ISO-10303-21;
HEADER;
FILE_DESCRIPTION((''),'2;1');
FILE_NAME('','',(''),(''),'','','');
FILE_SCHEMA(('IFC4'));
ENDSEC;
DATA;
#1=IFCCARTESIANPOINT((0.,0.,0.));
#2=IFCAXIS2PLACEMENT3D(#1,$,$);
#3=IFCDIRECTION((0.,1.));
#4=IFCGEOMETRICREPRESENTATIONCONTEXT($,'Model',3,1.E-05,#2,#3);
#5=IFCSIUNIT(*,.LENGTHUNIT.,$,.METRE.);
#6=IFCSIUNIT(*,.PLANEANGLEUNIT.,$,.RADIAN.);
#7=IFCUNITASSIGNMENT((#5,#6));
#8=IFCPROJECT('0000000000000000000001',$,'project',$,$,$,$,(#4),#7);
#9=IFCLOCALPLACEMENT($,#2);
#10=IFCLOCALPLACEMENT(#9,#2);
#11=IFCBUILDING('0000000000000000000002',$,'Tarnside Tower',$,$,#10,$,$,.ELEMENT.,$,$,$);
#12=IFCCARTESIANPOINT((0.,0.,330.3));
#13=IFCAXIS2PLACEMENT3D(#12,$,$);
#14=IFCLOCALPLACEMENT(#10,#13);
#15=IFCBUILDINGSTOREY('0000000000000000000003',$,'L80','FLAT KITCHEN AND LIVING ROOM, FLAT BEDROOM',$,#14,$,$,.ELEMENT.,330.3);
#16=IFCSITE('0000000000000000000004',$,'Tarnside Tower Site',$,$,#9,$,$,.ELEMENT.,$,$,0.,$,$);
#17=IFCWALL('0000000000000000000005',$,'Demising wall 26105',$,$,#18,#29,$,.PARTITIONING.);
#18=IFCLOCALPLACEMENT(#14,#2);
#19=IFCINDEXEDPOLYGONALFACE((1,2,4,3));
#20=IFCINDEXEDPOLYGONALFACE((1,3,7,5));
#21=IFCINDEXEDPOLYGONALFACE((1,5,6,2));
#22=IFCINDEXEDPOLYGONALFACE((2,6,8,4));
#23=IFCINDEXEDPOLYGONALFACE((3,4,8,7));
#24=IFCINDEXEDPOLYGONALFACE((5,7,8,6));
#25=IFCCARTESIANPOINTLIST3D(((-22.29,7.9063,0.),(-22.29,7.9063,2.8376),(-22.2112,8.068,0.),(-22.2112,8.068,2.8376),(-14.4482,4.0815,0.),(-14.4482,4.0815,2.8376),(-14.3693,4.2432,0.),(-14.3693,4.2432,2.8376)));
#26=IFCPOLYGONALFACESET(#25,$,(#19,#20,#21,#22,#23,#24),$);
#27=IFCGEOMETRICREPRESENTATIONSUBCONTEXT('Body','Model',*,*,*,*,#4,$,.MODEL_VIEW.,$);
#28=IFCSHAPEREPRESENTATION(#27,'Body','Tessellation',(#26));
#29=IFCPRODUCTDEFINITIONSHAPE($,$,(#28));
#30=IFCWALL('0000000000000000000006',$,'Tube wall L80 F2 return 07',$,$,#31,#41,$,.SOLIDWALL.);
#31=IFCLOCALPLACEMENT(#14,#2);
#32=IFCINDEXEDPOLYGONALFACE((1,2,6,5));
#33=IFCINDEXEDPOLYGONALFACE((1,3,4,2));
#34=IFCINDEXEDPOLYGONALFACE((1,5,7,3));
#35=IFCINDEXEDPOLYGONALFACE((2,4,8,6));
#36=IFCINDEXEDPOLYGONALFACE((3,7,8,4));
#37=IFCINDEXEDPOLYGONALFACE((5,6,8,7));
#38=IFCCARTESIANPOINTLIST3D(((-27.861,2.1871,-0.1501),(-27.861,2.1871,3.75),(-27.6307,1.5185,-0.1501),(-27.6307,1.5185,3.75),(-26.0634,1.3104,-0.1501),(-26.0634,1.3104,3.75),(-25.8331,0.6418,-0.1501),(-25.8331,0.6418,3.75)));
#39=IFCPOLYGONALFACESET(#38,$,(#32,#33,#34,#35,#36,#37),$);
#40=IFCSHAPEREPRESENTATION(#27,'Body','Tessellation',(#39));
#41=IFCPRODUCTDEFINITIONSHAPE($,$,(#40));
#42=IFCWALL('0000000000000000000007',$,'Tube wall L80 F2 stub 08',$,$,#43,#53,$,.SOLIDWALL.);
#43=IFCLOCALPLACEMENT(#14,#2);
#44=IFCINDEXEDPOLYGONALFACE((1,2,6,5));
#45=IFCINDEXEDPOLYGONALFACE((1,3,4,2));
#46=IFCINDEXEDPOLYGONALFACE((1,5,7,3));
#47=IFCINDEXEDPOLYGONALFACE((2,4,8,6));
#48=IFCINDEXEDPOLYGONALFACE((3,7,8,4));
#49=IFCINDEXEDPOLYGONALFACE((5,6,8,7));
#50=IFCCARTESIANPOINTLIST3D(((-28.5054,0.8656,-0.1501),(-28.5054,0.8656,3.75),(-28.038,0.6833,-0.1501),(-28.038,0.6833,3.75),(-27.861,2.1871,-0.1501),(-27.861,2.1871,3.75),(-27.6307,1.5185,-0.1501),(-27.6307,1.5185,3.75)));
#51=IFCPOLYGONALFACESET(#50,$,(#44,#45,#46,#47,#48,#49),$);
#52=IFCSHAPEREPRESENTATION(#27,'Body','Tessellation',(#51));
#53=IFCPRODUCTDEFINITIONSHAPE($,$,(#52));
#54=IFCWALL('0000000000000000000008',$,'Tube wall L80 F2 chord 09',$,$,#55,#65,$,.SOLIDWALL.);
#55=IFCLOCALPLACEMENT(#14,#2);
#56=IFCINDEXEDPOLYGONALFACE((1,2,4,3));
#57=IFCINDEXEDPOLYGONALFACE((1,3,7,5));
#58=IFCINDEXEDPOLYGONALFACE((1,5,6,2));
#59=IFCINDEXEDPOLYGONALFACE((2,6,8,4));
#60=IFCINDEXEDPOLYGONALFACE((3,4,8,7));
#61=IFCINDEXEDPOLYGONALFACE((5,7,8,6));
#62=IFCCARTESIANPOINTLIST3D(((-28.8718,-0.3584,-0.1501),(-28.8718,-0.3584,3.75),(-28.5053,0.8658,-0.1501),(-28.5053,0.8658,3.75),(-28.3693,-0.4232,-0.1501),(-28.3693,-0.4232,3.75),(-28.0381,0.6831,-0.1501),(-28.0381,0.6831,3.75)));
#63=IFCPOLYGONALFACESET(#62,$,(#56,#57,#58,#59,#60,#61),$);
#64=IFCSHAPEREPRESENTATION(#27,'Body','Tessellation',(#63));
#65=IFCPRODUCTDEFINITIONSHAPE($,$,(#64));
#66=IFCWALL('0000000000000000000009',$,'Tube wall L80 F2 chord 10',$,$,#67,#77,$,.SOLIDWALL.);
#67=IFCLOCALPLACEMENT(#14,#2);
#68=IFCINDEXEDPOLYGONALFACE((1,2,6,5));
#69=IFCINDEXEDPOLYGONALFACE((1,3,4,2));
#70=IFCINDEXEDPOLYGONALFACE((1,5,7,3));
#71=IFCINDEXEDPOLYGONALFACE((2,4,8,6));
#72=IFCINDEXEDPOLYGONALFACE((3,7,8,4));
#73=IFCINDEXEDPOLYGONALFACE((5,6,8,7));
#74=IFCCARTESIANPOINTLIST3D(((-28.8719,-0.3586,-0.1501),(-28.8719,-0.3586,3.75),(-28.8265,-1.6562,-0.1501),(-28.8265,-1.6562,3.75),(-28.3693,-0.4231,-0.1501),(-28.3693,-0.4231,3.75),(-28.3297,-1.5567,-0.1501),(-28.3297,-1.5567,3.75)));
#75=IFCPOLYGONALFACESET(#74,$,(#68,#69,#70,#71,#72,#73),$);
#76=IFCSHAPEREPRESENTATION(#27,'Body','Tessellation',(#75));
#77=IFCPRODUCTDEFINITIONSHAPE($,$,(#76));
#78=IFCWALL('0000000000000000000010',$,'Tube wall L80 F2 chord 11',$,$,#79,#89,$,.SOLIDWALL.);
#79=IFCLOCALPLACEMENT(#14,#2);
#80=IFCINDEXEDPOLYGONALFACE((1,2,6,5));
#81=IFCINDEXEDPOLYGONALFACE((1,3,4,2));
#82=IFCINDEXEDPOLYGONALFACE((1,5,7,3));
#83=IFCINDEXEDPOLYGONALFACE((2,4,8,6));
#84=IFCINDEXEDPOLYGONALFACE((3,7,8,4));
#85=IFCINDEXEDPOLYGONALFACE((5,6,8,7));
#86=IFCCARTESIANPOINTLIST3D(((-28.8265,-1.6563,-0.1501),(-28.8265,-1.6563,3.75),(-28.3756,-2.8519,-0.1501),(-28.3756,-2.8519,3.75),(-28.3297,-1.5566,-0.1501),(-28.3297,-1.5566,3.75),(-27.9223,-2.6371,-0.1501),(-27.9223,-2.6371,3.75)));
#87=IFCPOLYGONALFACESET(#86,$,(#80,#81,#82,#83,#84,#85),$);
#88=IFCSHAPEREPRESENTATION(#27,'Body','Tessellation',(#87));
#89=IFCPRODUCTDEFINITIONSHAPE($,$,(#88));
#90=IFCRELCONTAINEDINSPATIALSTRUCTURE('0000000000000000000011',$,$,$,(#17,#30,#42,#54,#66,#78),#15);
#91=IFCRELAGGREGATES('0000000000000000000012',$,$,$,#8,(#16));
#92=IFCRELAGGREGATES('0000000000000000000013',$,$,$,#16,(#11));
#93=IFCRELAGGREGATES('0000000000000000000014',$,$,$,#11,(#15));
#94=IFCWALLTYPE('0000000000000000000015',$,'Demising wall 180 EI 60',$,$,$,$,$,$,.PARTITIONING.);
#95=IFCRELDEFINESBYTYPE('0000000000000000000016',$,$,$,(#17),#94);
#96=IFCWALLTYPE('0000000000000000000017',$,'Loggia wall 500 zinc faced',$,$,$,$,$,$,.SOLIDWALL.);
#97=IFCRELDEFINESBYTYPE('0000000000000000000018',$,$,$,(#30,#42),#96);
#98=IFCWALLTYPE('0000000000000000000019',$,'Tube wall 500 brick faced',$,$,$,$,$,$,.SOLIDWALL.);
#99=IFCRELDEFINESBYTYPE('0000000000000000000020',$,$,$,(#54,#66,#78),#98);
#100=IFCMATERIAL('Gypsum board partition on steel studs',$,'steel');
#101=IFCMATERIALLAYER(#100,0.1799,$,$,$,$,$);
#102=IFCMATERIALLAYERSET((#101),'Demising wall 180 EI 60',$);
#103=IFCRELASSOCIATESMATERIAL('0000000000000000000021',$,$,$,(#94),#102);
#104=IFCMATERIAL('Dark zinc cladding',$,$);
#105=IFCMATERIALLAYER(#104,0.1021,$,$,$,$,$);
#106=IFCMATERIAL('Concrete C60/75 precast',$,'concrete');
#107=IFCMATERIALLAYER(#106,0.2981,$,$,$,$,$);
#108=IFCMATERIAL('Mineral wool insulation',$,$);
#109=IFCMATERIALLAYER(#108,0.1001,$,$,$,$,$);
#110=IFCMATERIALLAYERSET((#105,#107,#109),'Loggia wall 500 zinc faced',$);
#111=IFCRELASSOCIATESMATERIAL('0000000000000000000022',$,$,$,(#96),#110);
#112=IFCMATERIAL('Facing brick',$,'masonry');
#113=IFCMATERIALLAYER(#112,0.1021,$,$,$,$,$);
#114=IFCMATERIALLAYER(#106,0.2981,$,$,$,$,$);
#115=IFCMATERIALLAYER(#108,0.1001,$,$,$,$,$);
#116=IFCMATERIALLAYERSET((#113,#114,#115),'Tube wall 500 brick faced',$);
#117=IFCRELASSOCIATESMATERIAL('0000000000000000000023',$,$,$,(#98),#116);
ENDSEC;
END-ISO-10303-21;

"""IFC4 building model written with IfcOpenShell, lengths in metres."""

from ifc_helpers import new_model, si_unit, direction, frame, frame_2d, origin, place, context, subcontext, project, spatial, polyline, rectangle, outline, extrude, material, layer, layer_set, type_object, element, save


model = new_model("IFC4")

# Units and contexts
model_context = context("Model", 3, precision=1e-05, world=origin(), true_north=direction((0.0, 1.0)))
body_context = subcontext(model_context, "Body", "Model", "MODEL_VIEW")
ifc_project = project(units=[si_unit("LENGTHUNIT", "METRE"), si_unit("PLANEANGLEUNIT", "RADIAN")], contexts=[model_context])

# Site, building, storey
site_placement = place(None, origin())
site = spatial("IfcSite", under=ifc_project, at=site_placement, Name="Tarnside Tower Site", CompositionType="ELEMENT", RefElevation=0.0)
building_placement = place(site_placement, origin())
building = spatial("IfcBuilding", under=site, at=building_placement, Name="Tarnside Tower", CompositionType="ELEMENT")
storey_placement = place(building_placement, frame((0.0, 0.0, 330.3)))
storey = spatial("IfcBuildingStorey", under=building, at=storey_placement, Name="L80", Description="FLAT KITCHEN AND LIVING ROOM, FLAT BEDROOM", CompositionType="ELEMENT", Elevation=330.3)

# Shared definitions
ifc_material_1 = material(Name="Gypsum board partition on steel studs", Category="steel")

# Walls
ifc_layer_1 = layer(ifc_material_1, 0.1799)
ifc_layer_set_1 = layer_set([ifc_layer_1], Name="Demising wall 180 EI 60")
wall_type_1 = type_object("IfcWallType", Name="Demising wall 180 EI 60", PredefinedType="PARTITIONING", material=ifc_layer_set_1)
wall_1_placement = place(storey_placement, frame((-22.2505, 7.9871, 0.0), z_axis=(0.0, 0.0, 1.0), x_axis=(0.898794, -0.438372, 0.0)))
element("IfcWall", 1, at=wall_1_placement, inside=storey, type_object=wall_type_1, Name="Demising wall 26105", PredefinedType="PARTITIONING", context=body_context, shape_type="SweptSolid", body=[
    extrude(rectangle(XDim=8.7249, YDim=0.1799, at=frame_2d((4.3623, 0.0))), origin(), (0.0, 0.0, 1.0), 2.8376),
])
ifc_material_2 = material(Name="Dark zinc cladding")
ifc_layer_2 = layer(ifc_material_2, 0.1021)
ifc_material_3 = material(Name="Concrete C60/75 precast", Category="concrete")
ifc_layer_3 = layer(ifc_material_3, 0.2981)
ifc_material_4 = material(Name="Mineral wool insulation")
ifc_layer_4 = layer(ifc_material_4, 0.1001)
ifc_layer_set_2 = layer_set([ifc_layer_2, ifc_layer_3, ifc_layer_4], Name="Loggia wall 500 zinc faced")
wall_type_2 = type_object("IfcWallType", Name="Loggia wall 500 zinc faced", PredefinedType="SOLIDWALL", material=ifc_layer_set_2)
wall_2_placement = place(storey_placement, frame((-25.9482, 0.9761, -0.1501), z_axis=(0.0, 0.0, 1.0), x_axis=(-0.898802, 0.438354, 0.0)))
element("IfcWall", 2, at=wall_2_placement, inside=storey, type_object=wall_type_2, Name="Tube wall L80 F2 return 07", PredefinedType="SOLIDWALL", context=body_context, shape_type="SweptSolid", body=[
    extrude(outline(polyline([(0.25, -0.25), (2.25, -0.25), (1.75, 0.25), (-0.25, 0.25), (0.25, -0.25)])), origin(), (0.0, 0.0, 1.0), 3.9001),
])
wall_3_placement = place(storey_placement, frame((-27.7458, 1.8528, -0.1501), z_axis=(0.0, 0.0, 1.0), x_axis=(-0.438319, -0.898819, 0.0)))
element("IfcWall", 3, at=wall_3_placement, inside=storey, type_object=wall_type_2, Name="Tube wall L80 F2 stub 08", PredefinedType="SOLIDWALL", context=body_context, shape_type="SweptSolid", body=[
    extrude(outline(polyline([(-0.25, -0.25), (1.2202, -0.25), (1.1792, 0.25), (0.25, 0.25), (-0.25, -0.25)])), origin(), (0.0, 0.0, 1.0), 3.9001),
])
ifc_material_5 = material(Name="Facing brick", Category="masonry")
ifc_layer_5 = layer(ifc_material_5, 0.1021)
ifc_layer_6 = layer(ifc_material_3, 0.2981)
ifc_layer_7 = layer(ifc_material_4, 0.1001)
ifc_layer_set_3 = layer_set([ifc_layer_5, ifc_layer_6, ifc_layer_7], Name="Tube wall 500 brick faced")
wall_type_3 = type_object("IfcWallType", Name="Tube wall 500 brick faced", PredefinedType="SOLIDWALL", material=ifc_layer_set_3)
wall_4_placement = place(storey_placement, frame((-28.2717, 0.7744, -0.1501), z_axis=(0.0, 0.0, 1.0), x_axis=(-0.286814, -0.957986, 0.0)))
element("IfcWall", 4, at=wall_4_placement, inside=storey, type_object=wall_type_3, Name="Tube wall L80 F2 chord 09", PredefinedType="SOLIDWALL", context=body_context, shape_type="SweptSolid", body=[
    extrude(outline(polyline([(-0.0205, -0.25), (1.2573, -0.25), (1.1753, 0.25), (0.0205, 0.25), (-0.0205, -0.25)])), origin(), (0.0, 0.0, 1.0), 3.9001),
])
wall_5_placement = place(storey_placement, frame((-28.6206, -0.3909, -0.1501), z_axis=(0.0, 0.0, 1.0), x_axis=(0.034925, -0.99939, 0.0)))
element("IfcWall", 5, at=wall_5_placement, inside=storey, type_object=wall_type_3, Name="Tube wall L80 F2 chord 10", PredefinedType="SOLIDWALL", context=body_context, shape_type="SweptSolid", body=[
    extrude(outline(polyline([(-0.041, -0.25), (1.2573, -0.25), (1.1753, 0.25), (0.041, 0.25), (-0.041, -0.25)])), origin(), (0.0, 0.0, 1.0), 3.9001),
])
wall_6_placement = place(storey_placement, frame((-28.5781, -1.6064, -0.1501), z_axis=(0.0, 0.0, 1.0), x_axis=(0.352838, -0.935684, 0.0)))
element("IfcWall", 6, at=wall_6_placement, inside=storey, type_object=wall_type_3, Name="Tube wall L80 F2 chord 11", PredefinedType="SOLIDWALL", context=body_context, shape_type="SweptSolid", body=[
    extrude(outline(polyline([(-0.041, -0.25), (1.2368, -0.25), (1.1958, 0.25), (0.041, 0.25), (-0.041, -0.25)])), origin(), (0.0, 0.0, 1.0), 3.9001),
])

save(model, "model.ifc")
